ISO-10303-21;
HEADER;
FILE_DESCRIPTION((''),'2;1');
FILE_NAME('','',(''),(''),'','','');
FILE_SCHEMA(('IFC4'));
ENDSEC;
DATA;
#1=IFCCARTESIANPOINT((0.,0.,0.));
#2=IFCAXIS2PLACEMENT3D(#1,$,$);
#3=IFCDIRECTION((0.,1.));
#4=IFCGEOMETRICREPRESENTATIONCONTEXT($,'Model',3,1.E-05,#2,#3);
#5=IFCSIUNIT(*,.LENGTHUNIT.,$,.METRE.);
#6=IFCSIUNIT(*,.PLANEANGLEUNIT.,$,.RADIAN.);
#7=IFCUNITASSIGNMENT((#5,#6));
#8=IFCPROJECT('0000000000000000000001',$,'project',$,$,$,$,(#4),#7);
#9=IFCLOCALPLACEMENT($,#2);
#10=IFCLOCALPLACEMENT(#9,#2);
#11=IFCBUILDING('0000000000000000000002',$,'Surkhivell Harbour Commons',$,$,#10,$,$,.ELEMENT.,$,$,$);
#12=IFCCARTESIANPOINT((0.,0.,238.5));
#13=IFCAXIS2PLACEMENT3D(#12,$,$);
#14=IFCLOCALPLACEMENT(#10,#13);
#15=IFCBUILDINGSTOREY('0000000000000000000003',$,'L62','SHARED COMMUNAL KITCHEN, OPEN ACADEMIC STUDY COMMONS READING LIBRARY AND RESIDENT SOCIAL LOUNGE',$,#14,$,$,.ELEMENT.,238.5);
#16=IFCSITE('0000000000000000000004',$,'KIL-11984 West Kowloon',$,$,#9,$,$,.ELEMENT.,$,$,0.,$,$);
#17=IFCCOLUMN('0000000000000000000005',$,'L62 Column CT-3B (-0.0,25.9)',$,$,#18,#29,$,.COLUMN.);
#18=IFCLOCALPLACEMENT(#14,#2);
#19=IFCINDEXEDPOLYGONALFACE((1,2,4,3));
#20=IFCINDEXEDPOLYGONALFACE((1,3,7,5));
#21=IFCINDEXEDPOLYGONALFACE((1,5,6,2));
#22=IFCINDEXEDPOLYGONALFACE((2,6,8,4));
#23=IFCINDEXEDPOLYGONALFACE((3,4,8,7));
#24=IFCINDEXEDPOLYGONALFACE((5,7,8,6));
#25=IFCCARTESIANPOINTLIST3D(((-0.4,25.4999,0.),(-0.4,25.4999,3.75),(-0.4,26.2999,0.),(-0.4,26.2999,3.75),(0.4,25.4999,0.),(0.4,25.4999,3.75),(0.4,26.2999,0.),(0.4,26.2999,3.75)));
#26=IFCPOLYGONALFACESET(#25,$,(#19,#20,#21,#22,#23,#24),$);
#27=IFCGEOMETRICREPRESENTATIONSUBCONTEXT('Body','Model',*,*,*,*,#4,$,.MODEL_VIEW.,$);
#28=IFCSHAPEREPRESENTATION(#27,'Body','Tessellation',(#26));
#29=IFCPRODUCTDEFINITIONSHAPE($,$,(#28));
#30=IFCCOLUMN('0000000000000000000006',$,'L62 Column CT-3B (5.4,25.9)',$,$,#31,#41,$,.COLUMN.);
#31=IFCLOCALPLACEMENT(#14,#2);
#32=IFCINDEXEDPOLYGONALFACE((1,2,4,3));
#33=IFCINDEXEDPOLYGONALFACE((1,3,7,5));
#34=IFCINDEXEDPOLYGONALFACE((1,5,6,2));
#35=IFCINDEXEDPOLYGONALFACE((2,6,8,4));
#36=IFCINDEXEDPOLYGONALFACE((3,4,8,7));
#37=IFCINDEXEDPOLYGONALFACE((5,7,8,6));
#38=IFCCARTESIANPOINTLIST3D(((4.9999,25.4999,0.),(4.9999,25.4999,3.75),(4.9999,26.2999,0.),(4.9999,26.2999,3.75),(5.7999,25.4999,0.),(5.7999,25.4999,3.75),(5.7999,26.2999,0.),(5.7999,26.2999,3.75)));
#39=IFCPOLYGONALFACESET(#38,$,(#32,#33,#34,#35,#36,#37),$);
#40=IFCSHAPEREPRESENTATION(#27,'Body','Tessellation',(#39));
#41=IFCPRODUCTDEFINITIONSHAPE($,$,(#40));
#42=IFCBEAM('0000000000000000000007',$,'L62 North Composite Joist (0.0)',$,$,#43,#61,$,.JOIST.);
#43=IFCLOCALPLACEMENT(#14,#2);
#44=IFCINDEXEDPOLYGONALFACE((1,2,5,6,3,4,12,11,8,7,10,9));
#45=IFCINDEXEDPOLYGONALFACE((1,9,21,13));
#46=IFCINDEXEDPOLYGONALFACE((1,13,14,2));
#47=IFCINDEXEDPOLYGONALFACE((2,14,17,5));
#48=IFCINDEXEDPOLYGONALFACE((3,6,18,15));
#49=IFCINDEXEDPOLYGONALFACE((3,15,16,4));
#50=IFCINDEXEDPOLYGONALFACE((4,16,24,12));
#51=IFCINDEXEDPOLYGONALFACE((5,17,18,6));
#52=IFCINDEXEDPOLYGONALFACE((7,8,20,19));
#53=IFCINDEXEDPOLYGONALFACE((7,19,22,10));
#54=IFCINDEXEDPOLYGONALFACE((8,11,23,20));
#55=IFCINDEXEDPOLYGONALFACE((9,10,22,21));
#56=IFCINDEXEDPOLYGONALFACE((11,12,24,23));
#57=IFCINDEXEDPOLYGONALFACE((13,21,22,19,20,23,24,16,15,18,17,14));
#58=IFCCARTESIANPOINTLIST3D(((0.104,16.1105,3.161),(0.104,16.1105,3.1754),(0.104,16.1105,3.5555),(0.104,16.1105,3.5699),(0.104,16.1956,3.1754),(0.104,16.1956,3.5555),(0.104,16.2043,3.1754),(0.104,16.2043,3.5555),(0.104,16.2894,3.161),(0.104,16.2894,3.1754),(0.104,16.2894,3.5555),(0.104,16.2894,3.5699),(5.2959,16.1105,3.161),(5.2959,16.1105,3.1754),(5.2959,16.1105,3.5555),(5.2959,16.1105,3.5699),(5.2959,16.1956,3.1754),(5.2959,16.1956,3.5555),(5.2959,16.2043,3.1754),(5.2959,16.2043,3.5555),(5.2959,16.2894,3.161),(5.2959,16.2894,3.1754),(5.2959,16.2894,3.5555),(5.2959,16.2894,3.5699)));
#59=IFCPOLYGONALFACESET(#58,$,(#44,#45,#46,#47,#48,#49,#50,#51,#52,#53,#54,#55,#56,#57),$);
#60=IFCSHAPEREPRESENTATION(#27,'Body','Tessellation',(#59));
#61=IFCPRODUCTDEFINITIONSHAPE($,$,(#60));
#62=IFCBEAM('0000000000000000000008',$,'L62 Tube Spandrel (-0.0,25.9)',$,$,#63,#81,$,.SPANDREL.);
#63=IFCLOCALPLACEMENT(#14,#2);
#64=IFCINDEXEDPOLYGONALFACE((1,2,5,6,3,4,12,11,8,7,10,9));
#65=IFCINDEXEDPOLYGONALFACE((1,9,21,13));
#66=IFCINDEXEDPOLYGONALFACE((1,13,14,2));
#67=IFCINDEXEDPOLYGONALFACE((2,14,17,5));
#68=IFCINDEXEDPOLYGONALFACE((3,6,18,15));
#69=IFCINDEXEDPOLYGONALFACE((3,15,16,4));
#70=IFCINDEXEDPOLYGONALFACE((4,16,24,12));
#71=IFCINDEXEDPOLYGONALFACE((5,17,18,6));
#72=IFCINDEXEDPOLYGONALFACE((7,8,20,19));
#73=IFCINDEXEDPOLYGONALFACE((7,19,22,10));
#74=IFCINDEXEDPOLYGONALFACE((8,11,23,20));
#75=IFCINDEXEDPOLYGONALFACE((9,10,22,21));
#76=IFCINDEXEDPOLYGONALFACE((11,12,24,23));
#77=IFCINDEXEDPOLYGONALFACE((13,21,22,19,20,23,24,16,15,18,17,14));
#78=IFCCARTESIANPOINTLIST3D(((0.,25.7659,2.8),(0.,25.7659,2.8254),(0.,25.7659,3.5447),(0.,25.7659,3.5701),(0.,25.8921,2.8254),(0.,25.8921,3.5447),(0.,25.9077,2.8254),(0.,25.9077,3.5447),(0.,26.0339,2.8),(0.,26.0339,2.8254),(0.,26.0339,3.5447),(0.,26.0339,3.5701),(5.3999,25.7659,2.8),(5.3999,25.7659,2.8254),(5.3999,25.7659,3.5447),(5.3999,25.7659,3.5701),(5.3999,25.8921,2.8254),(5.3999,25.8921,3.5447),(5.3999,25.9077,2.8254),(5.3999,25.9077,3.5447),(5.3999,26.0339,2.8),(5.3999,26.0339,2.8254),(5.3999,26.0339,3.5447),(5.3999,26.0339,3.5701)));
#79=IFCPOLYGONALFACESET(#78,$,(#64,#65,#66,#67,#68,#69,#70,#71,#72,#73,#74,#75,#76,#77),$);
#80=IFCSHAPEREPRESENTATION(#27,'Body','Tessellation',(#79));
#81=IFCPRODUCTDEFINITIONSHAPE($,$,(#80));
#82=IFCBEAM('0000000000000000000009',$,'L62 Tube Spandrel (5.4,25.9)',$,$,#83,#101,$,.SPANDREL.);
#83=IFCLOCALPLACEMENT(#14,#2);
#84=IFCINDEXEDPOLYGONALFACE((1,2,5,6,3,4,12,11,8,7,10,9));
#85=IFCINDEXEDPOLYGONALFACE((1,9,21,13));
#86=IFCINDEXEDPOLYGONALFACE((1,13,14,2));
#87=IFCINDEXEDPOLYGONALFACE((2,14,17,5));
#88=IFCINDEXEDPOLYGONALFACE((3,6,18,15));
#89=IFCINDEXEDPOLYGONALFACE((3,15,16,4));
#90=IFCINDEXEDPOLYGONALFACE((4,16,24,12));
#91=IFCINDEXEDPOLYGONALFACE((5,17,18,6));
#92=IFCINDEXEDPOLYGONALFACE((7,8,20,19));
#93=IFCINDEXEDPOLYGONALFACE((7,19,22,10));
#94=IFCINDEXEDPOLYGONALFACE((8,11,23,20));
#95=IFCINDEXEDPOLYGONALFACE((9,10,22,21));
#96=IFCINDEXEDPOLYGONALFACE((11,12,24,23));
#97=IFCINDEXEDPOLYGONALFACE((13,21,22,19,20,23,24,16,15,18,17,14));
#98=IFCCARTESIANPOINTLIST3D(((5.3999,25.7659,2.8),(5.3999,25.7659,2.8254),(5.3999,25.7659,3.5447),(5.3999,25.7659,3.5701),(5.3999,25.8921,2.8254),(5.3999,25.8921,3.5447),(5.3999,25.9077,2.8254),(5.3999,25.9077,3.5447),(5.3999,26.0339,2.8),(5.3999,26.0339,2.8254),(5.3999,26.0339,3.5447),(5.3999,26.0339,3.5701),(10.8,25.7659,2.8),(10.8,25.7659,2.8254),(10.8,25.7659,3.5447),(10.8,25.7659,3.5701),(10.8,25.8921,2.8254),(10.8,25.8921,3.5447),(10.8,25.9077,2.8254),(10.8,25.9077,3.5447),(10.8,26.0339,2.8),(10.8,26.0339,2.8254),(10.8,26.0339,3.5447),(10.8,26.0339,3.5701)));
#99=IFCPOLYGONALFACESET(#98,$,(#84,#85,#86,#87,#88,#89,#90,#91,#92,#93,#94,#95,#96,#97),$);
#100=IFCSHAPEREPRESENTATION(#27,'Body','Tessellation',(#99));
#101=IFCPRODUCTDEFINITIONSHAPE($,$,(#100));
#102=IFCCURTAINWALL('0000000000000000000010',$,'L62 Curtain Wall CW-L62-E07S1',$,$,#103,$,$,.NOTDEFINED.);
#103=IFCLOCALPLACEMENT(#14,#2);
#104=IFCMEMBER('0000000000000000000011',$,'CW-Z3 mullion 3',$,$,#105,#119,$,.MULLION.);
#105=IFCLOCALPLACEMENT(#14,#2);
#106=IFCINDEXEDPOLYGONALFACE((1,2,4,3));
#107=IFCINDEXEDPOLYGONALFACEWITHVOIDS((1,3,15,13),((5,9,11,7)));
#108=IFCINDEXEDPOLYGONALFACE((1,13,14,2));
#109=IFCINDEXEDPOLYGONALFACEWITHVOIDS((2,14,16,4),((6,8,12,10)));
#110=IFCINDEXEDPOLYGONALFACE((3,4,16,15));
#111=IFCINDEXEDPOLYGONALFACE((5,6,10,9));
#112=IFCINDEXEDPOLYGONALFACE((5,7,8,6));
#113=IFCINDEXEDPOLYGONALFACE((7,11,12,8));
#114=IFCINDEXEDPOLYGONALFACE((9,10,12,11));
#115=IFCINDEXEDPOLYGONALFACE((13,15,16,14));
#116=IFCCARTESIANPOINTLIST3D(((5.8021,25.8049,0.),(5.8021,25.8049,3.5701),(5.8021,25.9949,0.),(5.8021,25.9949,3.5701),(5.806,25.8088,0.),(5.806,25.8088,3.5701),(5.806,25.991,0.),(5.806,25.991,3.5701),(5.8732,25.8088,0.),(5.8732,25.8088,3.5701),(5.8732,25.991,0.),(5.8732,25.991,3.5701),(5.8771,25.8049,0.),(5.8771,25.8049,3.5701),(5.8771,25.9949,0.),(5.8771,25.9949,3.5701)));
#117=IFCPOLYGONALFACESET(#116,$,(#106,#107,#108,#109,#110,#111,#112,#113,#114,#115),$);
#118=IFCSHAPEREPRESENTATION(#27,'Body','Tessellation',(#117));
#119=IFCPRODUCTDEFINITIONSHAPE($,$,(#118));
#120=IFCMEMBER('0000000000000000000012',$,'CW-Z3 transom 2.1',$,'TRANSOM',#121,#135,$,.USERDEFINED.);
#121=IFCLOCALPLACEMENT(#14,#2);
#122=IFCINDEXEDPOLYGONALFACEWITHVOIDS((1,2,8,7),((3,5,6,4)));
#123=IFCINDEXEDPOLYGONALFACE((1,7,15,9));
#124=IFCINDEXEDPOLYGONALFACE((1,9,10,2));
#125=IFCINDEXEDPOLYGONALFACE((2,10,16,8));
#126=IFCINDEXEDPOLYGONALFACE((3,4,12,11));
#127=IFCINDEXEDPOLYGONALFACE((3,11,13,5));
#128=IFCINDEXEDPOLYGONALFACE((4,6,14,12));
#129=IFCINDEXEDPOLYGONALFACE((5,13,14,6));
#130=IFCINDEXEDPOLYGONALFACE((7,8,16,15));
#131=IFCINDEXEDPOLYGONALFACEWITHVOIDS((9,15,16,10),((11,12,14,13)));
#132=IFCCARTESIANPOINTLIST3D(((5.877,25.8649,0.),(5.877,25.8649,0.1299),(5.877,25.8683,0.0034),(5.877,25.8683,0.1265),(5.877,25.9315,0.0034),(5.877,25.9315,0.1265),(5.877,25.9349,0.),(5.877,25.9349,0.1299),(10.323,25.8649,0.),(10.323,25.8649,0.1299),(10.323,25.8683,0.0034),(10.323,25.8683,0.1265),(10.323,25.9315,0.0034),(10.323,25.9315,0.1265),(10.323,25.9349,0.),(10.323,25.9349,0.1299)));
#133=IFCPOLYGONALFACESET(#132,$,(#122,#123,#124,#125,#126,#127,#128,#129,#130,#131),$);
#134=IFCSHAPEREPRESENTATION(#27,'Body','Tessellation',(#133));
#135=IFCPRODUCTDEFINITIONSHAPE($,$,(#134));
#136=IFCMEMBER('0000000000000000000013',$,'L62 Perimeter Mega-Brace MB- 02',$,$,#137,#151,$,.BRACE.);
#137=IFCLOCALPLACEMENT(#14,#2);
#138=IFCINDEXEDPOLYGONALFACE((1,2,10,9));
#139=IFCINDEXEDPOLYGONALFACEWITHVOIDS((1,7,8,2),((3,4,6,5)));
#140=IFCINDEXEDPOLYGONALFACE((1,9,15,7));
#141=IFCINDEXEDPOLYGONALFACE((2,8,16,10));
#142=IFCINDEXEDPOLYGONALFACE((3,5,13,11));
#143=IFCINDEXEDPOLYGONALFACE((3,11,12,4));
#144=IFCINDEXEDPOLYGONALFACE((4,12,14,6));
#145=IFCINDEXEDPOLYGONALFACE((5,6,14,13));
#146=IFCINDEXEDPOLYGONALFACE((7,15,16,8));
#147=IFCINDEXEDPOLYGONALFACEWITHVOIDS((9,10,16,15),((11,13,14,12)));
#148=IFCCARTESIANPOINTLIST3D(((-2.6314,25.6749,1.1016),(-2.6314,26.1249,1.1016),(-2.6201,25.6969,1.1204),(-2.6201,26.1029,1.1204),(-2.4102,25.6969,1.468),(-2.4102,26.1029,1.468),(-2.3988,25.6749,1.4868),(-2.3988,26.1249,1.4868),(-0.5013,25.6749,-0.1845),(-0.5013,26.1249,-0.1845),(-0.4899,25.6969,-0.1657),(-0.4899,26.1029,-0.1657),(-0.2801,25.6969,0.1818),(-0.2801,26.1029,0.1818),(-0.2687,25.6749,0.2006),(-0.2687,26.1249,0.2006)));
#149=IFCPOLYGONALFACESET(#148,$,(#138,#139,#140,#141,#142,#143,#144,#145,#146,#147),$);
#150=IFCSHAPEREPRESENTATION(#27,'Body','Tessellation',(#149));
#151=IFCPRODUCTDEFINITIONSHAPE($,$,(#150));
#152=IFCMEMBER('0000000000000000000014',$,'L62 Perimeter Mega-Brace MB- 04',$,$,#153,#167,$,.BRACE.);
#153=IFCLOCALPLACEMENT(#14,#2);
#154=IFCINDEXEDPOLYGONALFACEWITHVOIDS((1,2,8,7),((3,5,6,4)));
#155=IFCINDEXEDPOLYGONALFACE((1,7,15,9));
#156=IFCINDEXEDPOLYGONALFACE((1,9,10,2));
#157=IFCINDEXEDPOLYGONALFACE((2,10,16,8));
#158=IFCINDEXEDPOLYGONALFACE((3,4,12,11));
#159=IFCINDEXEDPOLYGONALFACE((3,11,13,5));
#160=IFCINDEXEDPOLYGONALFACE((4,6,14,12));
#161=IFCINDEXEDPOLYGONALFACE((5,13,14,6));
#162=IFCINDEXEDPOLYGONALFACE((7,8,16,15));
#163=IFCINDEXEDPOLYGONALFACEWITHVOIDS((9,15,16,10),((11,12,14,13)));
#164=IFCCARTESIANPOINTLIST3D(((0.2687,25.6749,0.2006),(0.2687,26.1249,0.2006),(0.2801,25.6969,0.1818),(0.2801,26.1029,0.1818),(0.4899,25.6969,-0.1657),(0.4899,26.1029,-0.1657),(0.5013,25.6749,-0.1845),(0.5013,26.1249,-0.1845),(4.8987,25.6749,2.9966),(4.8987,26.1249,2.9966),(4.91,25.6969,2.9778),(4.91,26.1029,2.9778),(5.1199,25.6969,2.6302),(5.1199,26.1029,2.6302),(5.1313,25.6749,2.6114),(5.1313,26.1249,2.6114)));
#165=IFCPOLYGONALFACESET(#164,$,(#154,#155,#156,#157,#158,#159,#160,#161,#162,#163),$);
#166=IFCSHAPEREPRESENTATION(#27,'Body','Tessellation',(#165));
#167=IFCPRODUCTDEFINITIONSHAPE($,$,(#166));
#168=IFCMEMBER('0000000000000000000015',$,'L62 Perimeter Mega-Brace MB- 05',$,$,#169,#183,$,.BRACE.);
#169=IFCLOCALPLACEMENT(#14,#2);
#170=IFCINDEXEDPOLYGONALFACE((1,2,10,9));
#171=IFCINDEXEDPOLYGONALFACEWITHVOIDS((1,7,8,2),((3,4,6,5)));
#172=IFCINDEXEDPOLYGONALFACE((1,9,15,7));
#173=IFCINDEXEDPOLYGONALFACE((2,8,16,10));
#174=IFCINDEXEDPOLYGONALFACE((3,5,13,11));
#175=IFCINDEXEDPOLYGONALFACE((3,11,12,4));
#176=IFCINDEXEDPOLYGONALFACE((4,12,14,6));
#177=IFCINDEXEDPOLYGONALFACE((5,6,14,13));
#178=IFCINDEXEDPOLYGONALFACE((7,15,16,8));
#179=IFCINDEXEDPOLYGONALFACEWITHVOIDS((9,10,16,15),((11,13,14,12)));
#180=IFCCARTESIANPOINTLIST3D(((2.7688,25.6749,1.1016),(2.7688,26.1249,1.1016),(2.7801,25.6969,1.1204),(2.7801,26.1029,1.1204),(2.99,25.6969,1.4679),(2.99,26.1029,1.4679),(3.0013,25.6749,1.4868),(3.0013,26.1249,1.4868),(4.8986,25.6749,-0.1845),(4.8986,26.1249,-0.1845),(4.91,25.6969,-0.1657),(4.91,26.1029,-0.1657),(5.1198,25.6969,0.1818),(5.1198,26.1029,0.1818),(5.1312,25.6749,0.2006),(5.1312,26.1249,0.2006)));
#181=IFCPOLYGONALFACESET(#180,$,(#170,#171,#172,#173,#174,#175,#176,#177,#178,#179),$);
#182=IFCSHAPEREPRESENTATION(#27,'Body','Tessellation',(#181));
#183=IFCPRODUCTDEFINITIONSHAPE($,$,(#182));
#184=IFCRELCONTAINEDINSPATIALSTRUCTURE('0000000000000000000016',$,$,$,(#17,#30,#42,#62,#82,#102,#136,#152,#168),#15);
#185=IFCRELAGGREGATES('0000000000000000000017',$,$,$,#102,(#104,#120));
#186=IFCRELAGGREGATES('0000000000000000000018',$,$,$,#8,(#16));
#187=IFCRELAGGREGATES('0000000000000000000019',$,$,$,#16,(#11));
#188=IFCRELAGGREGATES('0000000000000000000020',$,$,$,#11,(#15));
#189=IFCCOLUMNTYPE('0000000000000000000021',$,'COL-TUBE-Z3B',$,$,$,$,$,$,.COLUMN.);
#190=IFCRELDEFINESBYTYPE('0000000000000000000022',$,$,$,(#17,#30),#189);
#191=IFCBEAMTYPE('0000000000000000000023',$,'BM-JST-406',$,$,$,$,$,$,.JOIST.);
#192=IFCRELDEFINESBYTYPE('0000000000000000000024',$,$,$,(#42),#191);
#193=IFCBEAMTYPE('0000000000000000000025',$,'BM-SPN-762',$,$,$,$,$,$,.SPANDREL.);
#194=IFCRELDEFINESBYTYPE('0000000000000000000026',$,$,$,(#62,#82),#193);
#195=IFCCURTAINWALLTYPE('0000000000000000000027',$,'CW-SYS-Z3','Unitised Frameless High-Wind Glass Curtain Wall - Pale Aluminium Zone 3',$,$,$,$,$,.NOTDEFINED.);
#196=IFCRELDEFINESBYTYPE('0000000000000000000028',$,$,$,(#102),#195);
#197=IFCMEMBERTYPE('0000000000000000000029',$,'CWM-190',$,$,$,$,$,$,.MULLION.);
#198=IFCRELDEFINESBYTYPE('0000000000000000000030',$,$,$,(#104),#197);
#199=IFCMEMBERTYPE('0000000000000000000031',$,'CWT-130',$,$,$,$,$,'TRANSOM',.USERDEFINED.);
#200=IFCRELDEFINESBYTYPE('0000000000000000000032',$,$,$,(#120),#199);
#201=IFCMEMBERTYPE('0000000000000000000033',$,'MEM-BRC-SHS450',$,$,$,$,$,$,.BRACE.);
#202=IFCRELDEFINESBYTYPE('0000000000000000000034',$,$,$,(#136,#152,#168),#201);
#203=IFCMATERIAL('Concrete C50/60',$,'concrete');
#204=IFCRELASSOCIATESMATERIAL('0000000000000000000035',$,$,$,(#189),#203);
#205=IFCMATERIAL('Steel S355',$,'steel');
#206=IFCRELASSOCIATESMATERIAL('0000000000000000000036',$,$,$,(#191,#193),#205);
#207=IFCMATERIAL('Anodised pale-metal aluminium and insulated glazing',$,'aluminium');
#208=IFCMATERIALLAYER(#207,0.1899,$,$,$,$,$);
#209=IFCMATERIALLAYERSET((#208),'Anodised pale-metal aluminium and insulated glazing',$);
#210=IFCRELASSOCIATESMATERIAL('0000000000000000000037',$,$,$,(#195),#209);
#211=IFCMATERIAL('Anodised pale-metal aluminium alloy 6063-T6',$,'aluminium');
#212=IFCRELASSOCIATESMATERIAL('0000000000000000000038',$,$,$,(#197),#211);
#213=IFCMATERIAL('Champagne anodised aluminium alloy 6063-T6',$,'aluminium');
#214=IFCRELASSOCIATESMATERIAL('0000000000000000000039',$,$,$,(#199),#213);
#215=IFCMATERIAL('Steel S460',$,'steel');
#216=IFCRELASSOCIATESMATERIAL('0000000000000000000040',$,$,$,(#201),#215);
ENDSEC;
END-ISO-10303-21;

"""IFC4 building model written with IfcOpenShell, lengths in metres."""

from ifc_helpers import new_model, si_unit, direction, frame, origin, origin_2d, place, context, subcontext, project, spatial, rectangle, hollow_rectangle, i_section, extrude, material, layer, layer_set, material_profile, profile_set, type_object, element, aggregate, save


model = new_model("IFC4")

# Units and contexts
model_context = context("Model", 3, precision=1e-05, world=origin(), true_north=direction((0.0, 1.0)))
body_context = subcontext(model_context, "Body", "Model", "MODEL_VIEW")
ifc_project = project(units=[si_unit("LENGTHUNIT", "METRE"), si_unit("PLANEANGLEUNIT", "RADIAN")], contexts=[model_context])

# Site, building, storey
site_placement = place(None, origin())
site = spatial("IfcSite", under=ifc_project, at=site_placement, Name="KIL-11984 West Kowloon", CompositionType="ELEMENT", RefElevation=0.0)
building_placement = place(site_placement, origin())
building = spatial("IfcBuilding", under=site, at=building_placement, Name="Surkhivell Harbour Commons", CompositionType="ELEMENT")
storey_placement = place(building_placement, frame((0.0, 0.0, 238.5)))
storey = spatial("IfcBuildingStorey", under=building, at=storey_placement, Name="L62", Description="SHARED COMMUNAL KITCHEN, OPEN ACADEMIC STUDY COMMONS READING LIBRARY AND RESIDENT SOCIAL LOUNGE", CompositionType="ELEMENT", Elevation=238.5)

# Columns
ifc_material_1 = material(Name="Concrete C50/60", Category="concrete")
ifc_material_profile_1 = material_profile(ifc_material_1, rectangle(XDim=0.8, YDim=0.8, at=origin_2d()), Name="RC-COL-800x800")
ifc_profile_set_1 = profile_set([ifc_material_profile_1], Name="Concrete C50/60")
column_type = type_object("IfcColumnType", Name="COL-TUBE-Z3B", PredefinedType="COLUMN", material=ifc_profile_set_1)
for number, where, z_axis, x_axis, name in (
    (1, (0.0, 25.8999, 0.0), (0.0, 0.0, 1.0), (1.0, 0.0, 0.0), "L62 Column CT-3B (-0.0,25.9)"),
    (2, (5.3999, 25.8999, 0.0), (0.0, 0.0, 1.0), (1.0, 0.0, 0.0), "L62 Column CT-3B (5.4,25.9)"),
):
    element("IfcColumn", number, at=place(storey_placement, frame(where, z_axis=z_axis, x_axis=x_axis)), inside=storey, type_object=column_type, Name=name, PredefinedType="COLUMN", context=body_context, shape_type="SweptSolid", body=[
        extrude(rectangle(XDim=0.8, YDim=0.8, at=origin_2d()), origin(), (0.0, 0.0, 1.0), 3.75),
    ])

# Beams
ifc_material_2 = material(Name="Steel S355", Category="steel")
ifc_material_profile_2 = material_profile(ifc_material_2, i_section(OverallWidth=0.179, OverallDepth=0.4089, WebThickness=0.0088, FlangeThickness=0.0144, at=origin_2d()), Name="UB406x178x67")
ifc_profile_set_2 = profile_set([ifc_material_profile_2], Name="Steel S355")
beam_type_1 = type_object("IfcBeamType", Name="BM-JST-406", PredefinedType="JOIST", material=ifc_profile_set_2)
beam_1_placement = place(storey_placement, frame((0.104, 16.2, 3.3655), z_axis=(1.0, 0.0, 0.0), x_axis=(0.0, 1.0, 0.0)))
element("IfcBeam", 3, at=beam_1_placement, inside=storey, type_object=beam_type_1, Name="L62 North Composite Joist (0.0)", PredefinedType="JOIST", context=body_context, shape_type="SweptSolid", body=[
    extrude(i_section(OverallWidth=0.179, OverallDepth=0.4089, WebThickness=0.0088, FlangeThickness=0.0144, at=origin_2d()), origin(), (0.0, 0.0, 1.0), 5.1919),
])
ifc_material_profile_3 = material_profile(ifc_material_2, i_section(OverallWidth=0.2681, OverallDepth=0.77, WebThickness=0.0156, FlangeThickness=0.0254, at=origin_2d()), Name="UB762x267x197")
ifc_profile_set_3 = profile_set([ifc_material_profile_3], Name="Steel S355")
beam_type_2 = type_object("IfcBeamType", Name="BM-SPN-762", PredefinedType="SPANDREL", material=ifc_profile_set_3)
beam_2_placement = place(storey_placement, frame((0.0, 25.8999, 3.1851), z_axis=(1.0, 0.0, 0.0), x_axis=(0.0, 1.0, 0.0)))
element("IfcBeam", 4, at=beam_2_placement, inside=storey, type_object=beam_type_2, Name="L62 Tube Spandrel (-0.0,25.9)", PredefinedType="SPANDREL", context=body_context, shape_type="SweptSolid", body=[
    extrude(i_section(OverallWidth=0.2681, OverallDepth=0.77, WebThickness=0.0156, FlangeThickness=0.0254, at=origin_2d()), origin(), (0.0, 0.0, 1.0), 5.3999),
])
beam_3_placement = place(storey_placement, frame((5.3999, 25.8999, 3.1851), z_axis=(1.0, 0.0, 0.0), x_axis=(0.0, 1.0, 0.0)))
element("IfcBeam", 5, at=beam_3_placement, inside=storey, type_object=beam_type_2, Name="L62 Tube Spandrel (5.4,25.9)", PredefinedType="SPANDREL", context=body_context, shape_type="SweptSolid", body=[
    extrude(i_section(OverallWidth=0.2681, OverallDepth=0.77, WebThickness=0.0156, FlangeThickness=0.0254, at=origin_2d()), origin(), (0.0, 0.0, 1.0), 5.4001),
])

# Curtain wall, members
ifc_material_3 = material(Name="Anodised pale-metal aluminium and insulated glazing", Category="aluminium")
ifc_layer_1 = layer(ifc_material_3, 0.1899)
ifc_layer_set_1 = layer_set([ifc_layer_1], Name="Anodised pale-metal aluminium and insulated glazing")
curtain_wall_type = type_object("IfcCurtainWallType", Name="CW-SYS-Z3", Description="Unitised Frameless High-Wind Glass Curtain Wall - Pale Aluminium Zone 3", PredefinedType="NOTDEFINED", material=ifc_layer_set_1)
curtain_wall_placement = place(storey_placement, origin())
curtain_wall = element("IfcCurtainWall", 6, at=curtain_wall_placement, inside=storey, type_object=curtain_wall_type, Name="L62 Curtain Wall CW-L62-E07S1", PredefinedType="NOTDEFINED")
ifc_material_4 = material(Name="Anodised pale-metal aluminium alloy 6063-T6", Category="aluminium")
ifc_material_profile_4 = material_profile(ifc_material_4, hollow_rectangle(XDim=0.075, YDim=0.1899, WallThickness=0.0039, at=origin_2d()), Name="ALU-MULL-75x190")
ifc_profile_set_4 = profile_set([ifc_material_profile_4], Name="Anodised pale-metal aluminium alloy 6063-T6")
member_type_1 = type_object("IfcMemberType", Name="CWM-190", PredefinedType="MULLION", material=ifc_profile_set_4)
member_1_placement = place(storey_placement, frame((5.8396, 25.8999, 0.0), z_axis=(0.0, 0.0, 1.0), x_axis=(-1.0, 0.0, 0.0)))
member_1 = element("IfcMember", 7, at=member_1_placement, type_object=member_type_1, Name="CW-Z3 mullion 3", PredefinedType="MULLION", context=body_context, shape_type="SweptSolid", body=[
    extrude(hollow_rectangle(XDim=0.075, YDim=0.1899, WallThickness=0.0039, at=origin_2d()), origin(), (0.0, 0.0, 1.0), 3.5701),
])
ifc_material_5 = material(Name="Champagne anodised aluminium alloy 6063-T6", Category="aluminium")
ifc_material_profile_5 = material_profile(ifc_material_5, hollow_rectangle(XDim=0.0701, YDim=0.1299, WallThickness=0.0034, at=origin_2d()), Name="ALU-TRAN-70x130")
ifc_profile_set_5 = profile_set([ifc_material_profile_5], Name="Champagne anodised aluminium alloy 6063-T6")
member_type_2 = type_object("IfcMemberType", Name="CWT-130", ElementType="TRANSOM", PredefinedType="USERDEFINED", material=ifc_profile_set_5)
member_2_placement = place(storey_placement, frame((10.323, 25.8999, 0.0649), z_axis=(-1.0, 0.0, 0.0), x_axis=(0.0, -1.0, 0.0)))
member_2 = element("IfcMember", 8, at=member_2_placement, type_object=member_type_2, Name="CW-Z3 transom 2.1", ObjectType="TRANSOM", PredefinedType="USERDEFINED", context=body_context, shape_type="SweptSolid", body=[
    extrude(hollow_rectangle(XDim=0.0701, YDim=0.1299, WallThickness=0.0034, at=origin_2d()), origin(), (0.0, 0.0, 1.0), 4.446),
])
aggregate(curtain_wall, [member_1, member_2])

# Members
ifc_material_6 = material(Name="Steel S460", Category="steel")
ifc_material_profile_6 = material_profile(ifc_material_6, hollow_rectangle(XDim=0.45, YDim=0.45, WallThickness=0.022, at=origin_2d()), Name="SHS450x450x22")
ifc_profile_set_6 = profile_set([ifc_material_profile_6], Name="Steel S460")
member_type_3 = type_object("IfcMemberType", Name="MEM-BRC-SHS450", PredefinedType="BRACE", material=ifc_profile_set_6)
member_3_placement = place(storey_placement, frame((-0.385, 25.8999, 0.0081), z_axis=(-0.856061, 0.0, 0.516875), x_axis=(0.0, -1.0, 0.0)))
element("IfcMember", 9, at=member_3_placement, inside=storey, type_object=member_type_3, Name="L62 Perimeter Mega-Brace MB- 02", PredefinedType="BRACE", context=body_context, shape_type="SweptSolid", body=[
    extrude(hollow_rectangle(XDim=0.45, YDim=0.45, WallThickness=0.022, at=origin_2d()), origin(), (0.0, 0.0, 1.0), 2.4883),
])
member_4_placement = place(storey_placement, frame((0.385, 25.8999, 0.0081), z_axis=(0.856024, 0.0, 0.516937), x_axis=(0.0, 1.0, 0.0)))
element("IfcMember", 10, at=member_4_placement, inside=storey, type_object=member_type_3, Name="L62 Perimeter Mega-Brace MB- 04", PredefinedType="BRACE", context=body_context, shape_type="SweptSolid", body=[
    extrude(hollow_rectangle(XDim=0.45, YDim=0.45, WallThickness=0.022, at=origin_2d()), origin(), (0.0, 0.0, 1.0), 5.4087),
])
member_5_placement = place(storey_placement, frame((5.0149, 25.8999, 0.0081), z_axis=(-0.856035, 0.0, 0.516918), x_axis=(0.0, -1.0, 0.0)))
element("IfcMember", 11, at=member_5_placement, inside=storey, type_object=member_type_3, Name="L62 Perimeter Mega-Brace MB- 05", PredefinedType="BRACE", context=body_context, shape_type="SweptSolid", body=[
    extrude(hollow_rectangle(XDim=0.45, YDim=0.45, WallThickness=0.022, at=origin_2d()), origin(), (0.0, 0.0, 1.0), 2.488),
])

save(model, "model.ifc")
